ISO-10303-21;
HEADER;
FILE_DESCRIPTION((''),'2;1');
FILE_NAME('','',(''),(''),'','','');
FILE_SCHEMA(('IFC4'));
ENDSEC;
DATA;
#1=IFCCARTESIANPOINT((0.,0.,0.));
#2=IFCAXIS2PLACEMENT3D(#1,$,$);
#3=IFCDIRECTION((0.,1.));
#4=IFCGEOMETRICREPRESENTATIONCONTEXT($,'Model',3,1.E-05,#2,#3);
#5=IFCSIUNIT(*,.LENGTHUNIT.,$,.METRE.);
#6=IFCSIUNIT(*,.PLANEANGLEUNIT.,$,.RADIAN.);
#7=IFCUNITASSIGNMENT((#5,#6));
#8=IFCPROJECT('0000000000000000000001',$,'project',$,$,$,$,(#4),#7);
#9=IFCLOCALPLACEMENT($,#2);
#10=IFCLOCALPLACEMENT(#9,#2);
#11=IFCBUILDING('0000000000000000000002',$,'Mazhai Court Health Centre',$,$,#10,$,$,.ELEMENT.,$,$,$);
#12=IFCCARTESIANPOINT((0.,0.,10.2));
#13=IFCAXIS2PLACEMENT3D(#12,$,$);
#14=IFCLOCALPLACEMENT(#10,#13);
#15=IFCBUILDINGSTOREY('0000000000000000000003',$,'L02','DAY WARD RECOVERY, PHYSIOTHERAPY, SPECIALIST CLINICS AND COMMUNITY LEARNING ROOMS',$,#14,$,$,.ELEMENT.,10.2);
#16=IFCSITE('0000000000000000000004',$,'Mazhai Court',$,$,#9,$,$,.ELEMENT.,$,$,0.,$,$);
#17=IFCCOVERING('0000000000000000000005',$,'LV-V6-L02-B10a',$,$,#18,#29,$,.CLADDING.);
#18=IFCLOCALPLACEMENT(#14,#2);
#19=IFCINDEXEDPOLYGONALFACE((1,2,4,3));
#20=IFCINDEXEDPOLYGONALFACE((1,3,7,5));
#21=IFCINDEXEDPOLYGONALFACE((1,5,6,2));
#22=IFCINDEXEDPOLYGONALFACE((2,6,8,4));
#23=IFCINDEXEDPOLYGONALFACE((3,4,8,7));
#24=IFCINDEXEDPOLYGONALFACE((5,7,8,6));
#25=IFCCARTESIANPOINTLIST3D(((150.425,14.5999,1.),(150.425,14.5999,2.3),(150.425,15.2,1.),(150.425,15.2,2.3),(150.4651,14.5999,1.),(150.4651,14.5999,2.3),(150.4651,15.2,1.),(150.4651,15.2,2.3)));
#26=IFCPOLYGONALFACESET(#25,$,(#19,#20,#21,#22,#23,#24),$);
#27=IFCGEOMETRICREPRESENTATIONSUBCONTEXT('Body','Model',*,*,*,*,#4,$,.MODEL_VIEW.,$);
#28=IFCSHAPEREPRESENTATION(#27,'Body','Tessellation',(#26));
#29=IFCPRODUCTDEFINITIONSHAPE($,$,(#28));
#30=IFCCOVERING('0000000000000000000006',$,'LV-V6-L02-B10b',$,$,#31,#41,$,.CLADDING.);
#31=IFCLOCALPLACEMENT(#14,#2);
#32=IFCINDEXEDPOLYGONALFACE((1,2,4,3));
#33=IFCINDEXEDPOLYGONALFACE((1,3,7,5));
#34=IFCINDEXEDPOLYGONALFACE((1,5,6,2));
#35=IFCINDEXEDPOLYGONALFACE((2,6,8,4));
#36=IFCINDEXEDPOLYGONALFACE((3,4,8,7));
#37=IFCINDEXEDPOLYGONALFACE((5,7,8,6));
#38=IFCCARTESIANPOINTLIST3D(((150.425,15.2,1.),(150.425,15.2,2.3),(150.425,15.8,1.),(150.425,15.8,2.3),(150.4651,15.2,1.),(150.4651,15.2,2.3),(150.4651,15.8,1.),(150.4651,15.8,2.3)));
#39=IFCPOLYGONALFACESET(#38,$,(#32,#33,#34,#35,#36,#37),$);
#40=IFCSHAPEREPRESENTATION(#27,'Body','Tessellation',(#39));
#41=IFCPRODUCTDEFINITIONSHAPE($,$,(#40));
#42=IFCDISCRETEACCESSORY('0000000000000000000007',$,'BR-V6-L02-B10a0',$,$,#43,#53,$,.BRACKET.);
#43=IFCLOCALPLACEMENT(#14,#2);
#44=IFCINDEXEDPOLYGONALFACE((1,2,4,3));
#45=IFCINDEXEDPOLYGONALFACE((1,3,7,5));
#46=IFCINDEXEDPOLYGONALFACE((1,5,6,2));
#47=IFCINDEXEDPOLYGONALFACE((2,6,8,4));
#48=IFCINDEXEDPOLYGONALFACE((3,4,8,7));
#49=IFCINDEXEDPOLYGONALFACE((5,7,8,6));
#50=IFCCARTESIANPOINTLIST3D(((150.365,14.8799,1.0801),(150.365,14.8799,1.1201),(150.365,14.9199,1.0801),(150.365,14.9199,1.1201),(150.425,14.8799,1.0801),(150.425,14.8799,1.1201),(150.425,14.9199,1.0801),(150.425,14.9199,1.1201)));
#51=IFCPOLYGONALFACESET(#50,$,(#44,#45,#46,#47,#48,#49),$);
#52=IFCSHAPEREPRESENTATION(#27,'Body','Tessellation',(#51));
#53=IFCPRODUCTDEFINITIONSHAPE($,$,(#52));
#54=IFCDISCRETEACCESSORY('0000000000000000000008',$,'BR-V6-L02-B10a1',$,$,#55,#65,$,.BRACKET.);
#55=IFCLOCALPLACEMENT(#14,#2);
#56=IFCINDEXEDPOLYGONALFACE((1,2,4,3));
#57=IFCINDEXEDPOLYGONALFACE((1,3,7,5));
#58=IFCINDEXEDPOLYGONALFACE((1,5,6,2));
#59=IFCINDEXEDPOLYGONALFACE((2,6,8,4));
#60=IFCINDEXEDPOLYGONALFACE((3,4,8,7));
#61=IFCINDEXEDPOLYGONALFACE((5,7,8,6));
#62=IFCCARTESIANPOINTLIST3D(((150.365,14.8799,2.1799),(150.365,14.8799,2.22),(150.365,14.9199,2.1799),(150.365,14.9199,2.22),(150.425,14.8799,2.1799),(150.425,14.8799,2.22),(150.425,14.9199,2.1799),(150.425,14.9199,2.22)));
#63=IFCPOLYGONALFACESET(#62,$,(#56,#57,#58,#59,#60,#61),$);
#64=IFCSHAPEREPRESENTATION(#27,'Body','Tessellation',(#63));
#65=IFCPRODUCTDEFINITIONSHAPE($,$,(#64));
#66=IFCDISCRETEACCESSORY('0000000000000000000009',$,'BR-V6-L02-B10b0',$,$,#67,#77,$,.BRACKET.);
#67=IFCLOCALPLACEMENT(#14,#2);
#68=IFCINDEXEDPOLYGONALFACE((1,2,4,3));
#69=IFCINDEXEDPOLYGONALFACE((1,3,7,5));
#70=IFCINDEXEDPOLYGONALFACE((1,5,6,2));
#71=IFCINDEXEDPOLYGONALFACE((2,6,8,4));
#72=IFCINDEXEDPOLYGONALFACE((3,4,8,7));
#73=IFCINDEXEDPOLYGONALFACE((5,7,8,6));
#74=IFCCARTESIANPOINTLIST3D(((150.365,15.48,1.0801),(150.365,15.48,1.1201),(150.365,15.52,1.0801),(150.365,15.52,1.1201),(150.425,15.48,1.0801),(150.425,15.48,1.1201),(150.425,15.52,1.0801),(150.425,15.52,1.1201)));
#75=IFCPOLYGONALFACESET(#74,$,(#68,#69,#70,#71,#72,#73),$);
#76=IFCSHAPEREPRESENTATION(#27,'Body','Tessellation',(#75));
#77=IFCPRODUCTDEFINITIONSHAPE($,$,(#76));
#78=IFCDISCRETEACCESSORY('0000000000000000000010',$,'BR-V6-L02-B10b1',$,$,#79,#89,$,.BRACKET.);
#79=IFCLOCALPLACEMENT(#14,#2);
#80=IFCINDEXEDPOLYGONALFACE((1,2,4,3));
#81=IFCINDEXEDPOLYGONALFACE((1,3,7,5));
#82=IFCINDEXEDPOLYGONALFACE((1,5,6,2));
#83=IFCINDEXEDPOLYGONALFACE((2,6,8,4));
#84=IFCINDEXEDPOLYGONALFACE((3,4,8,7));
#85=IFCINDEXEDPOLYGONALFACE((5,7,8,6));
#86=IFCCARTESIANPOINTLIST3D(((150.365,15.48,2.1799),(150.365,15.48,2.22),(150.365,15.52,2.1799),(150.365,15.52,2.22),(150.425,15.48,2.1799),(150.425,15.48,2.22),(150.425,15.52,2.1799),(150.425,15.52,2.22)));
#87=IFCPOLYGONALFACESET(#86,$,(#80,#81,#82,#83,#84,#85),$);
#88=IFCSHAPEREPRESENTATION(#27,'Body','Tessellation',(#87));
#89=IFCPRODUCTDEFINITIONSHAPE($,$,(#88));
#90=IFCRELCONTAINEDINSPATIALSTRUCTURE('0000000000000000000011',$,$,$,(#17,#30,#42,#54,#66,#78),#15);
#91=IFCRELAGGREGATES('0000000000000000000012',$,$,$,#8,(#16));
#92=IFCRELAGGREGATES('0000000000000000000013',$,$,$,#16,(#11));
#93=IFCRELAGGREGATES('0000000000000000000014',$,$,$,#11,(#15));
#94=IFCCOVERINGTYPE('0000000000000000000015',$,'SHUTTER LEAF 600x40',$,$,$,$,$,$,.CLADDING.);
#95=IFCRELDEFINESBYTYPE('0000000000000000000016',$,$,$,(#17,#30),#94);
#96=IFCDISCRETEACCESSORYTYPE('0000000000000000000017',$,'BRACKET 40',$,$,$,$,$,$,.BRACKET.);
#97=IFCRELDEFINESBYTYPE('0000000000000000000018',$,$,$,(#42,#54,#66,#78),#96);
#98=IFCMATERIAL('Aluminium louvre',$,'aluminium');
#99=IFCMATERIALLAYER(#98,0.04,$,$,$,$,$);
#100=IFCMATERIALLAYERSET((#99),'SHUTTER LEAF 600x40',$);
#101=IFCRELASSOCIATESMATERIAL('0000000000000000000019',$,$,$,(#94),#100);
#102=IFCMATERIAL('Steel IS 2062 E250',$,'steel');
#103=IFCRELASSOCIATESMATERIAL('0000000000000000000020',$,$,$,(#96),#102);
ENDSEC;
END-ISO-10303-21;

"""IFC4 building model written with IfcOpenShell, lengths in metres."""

from ifc_helpers import new_model, si_unit, direction, frame, origin, origin_2d, place, context, subcontext, project, spatial, rectangle, extrude, material, layer, layer_set, type_object, element, save


model = new_model("IFC4")

# Units and contexts
model_context = context("Model", 3, precision=1e-05, world=origin(), true_north=direction((0.0, 1.0)))
body_context = subcontext(model_context, "Body", "Model", "MODEL_VIEW")
ifc_project = project(units=[si_unit("LENGTHUNIT", "METRE"), si_unit("PLANEANGLEUNIT", "RADIAN")], contexts=[model_context])

# Site, building, storey
site_placement = place(None, origin())
site = spatial("IfcSite", under=ifc_project, at=site_placement, Name="Mazhai Court", CompositionType="ELEMENT", RefElevation=0.0)
building_placement = place(site_placement, origin())
building = spatial("IfcBuilding", under=site, at=building_placement, Name="Mazhai Court Health Centre", CompositionType="ELEMENT")
storey_placement = place(building_placement, frame((0.0, 0.0, 10.2)))
storey = spatial("IfcBuildingStorey", under=building, at=storey_placement, Name="L02", Description="DAY WARD RECOVERY, PHYSIOTHERAPY, SPECIALIST CLINICS AND COMMUNITY LEARNING ROOMS", CompositionType="ELEMENT", Elevation=10.2)

# Coverings
ifc_material_1 = material(Name="Aluminium louvre", Category="aluminium")
ifc_layer_1 = layer(ifc_material_1, 0.04)
ifc_layer_set_1 = layer_set([ifc_layer_1], Name="SHUTTER LEAF 600x40")
covering_type = type_object("IfcCoveringType", Name="SHUTTER LEAF 600x40", PredefinedType="CLADDING", material=ifc_layer_set_1)
for number, where, z_axis, x_axis, name in (
    (1, (150.4451, 14.8999, 1.0), (0.0, 0.0, 1.0), (0.0, 1.0, 0.0), "LV-V6-L02-B10a"),
    (2, (150.4451, 15.5, 1.0), (0.0, 0.0, 1.0), (0.0, 1.0, 0.0), "LV-V6-L02-B10b"),
):
    element("IfcCovering", number, at=place(storey_placement, frame(where, z_axis=z_axis, x_axis=x_axis)), inside=storey, type_object=covering_type, Name=name, PredefinedType="CLADDING", context=body_context, shape_type="SweptSolid", body=[
        extrude(rectangle(XDim=0.6001, YDim=0.04, at=origin_2d()), origin(), (0.0, 0.0, 1.0), 1.3),
    ])

# Discrete accessories
ifc_material_2 = material(Name="Steel IS 2062 E250", Category="steel")
discrete_accessory_type = type_object("IfcDiscreteAccessoryType", Name="BRACKET 40", PredefinedType="BRACKET", material=ifc_material_2)
for number, where, z_axis, x_axis, name in (
    (3, (150.395, 14.8999, 1.0801), (0.0, 0.0, 1.0), (0.0, 1.0, 0.0), "BR-V6-L02-B10a0"),
    (4, (150.395, 14.8999, 2.1799), (0.0, 0.0, 1.0), (0.0, 1.0, 0.0), "BR-V6-L02-B10a1"),
    (5, (150.395, 15.5, 1.0801), (0.0, 0.0, 1.0), (0.0, 1.0, 0.0), "BR-V6-L02-B10b0"),
    (6, (150.395, 15.5, 2.1799), (0.0, 0.0, 1.0), (0.0, 1.0, 0.0), "BR-V6-L02-B10b1"),
):
    element("IfcDiscreteAccessory", number, at=place(storey_placement, frame(where, z_axis=z_axis, x_axis=x_axis)), inside=storey, type_object=discrete_accessory_type, Name=name, PredefinedType="BRACKET", context=body_context, shape_type="SweptSolid", body=[
        extrude(rectangle(XDim=0.04, YDim=0.0601, at=origin_2d()), origin(), (0.0, 0.0, 1.0), 0.04),
    ])

save(model, "model.ifc")
